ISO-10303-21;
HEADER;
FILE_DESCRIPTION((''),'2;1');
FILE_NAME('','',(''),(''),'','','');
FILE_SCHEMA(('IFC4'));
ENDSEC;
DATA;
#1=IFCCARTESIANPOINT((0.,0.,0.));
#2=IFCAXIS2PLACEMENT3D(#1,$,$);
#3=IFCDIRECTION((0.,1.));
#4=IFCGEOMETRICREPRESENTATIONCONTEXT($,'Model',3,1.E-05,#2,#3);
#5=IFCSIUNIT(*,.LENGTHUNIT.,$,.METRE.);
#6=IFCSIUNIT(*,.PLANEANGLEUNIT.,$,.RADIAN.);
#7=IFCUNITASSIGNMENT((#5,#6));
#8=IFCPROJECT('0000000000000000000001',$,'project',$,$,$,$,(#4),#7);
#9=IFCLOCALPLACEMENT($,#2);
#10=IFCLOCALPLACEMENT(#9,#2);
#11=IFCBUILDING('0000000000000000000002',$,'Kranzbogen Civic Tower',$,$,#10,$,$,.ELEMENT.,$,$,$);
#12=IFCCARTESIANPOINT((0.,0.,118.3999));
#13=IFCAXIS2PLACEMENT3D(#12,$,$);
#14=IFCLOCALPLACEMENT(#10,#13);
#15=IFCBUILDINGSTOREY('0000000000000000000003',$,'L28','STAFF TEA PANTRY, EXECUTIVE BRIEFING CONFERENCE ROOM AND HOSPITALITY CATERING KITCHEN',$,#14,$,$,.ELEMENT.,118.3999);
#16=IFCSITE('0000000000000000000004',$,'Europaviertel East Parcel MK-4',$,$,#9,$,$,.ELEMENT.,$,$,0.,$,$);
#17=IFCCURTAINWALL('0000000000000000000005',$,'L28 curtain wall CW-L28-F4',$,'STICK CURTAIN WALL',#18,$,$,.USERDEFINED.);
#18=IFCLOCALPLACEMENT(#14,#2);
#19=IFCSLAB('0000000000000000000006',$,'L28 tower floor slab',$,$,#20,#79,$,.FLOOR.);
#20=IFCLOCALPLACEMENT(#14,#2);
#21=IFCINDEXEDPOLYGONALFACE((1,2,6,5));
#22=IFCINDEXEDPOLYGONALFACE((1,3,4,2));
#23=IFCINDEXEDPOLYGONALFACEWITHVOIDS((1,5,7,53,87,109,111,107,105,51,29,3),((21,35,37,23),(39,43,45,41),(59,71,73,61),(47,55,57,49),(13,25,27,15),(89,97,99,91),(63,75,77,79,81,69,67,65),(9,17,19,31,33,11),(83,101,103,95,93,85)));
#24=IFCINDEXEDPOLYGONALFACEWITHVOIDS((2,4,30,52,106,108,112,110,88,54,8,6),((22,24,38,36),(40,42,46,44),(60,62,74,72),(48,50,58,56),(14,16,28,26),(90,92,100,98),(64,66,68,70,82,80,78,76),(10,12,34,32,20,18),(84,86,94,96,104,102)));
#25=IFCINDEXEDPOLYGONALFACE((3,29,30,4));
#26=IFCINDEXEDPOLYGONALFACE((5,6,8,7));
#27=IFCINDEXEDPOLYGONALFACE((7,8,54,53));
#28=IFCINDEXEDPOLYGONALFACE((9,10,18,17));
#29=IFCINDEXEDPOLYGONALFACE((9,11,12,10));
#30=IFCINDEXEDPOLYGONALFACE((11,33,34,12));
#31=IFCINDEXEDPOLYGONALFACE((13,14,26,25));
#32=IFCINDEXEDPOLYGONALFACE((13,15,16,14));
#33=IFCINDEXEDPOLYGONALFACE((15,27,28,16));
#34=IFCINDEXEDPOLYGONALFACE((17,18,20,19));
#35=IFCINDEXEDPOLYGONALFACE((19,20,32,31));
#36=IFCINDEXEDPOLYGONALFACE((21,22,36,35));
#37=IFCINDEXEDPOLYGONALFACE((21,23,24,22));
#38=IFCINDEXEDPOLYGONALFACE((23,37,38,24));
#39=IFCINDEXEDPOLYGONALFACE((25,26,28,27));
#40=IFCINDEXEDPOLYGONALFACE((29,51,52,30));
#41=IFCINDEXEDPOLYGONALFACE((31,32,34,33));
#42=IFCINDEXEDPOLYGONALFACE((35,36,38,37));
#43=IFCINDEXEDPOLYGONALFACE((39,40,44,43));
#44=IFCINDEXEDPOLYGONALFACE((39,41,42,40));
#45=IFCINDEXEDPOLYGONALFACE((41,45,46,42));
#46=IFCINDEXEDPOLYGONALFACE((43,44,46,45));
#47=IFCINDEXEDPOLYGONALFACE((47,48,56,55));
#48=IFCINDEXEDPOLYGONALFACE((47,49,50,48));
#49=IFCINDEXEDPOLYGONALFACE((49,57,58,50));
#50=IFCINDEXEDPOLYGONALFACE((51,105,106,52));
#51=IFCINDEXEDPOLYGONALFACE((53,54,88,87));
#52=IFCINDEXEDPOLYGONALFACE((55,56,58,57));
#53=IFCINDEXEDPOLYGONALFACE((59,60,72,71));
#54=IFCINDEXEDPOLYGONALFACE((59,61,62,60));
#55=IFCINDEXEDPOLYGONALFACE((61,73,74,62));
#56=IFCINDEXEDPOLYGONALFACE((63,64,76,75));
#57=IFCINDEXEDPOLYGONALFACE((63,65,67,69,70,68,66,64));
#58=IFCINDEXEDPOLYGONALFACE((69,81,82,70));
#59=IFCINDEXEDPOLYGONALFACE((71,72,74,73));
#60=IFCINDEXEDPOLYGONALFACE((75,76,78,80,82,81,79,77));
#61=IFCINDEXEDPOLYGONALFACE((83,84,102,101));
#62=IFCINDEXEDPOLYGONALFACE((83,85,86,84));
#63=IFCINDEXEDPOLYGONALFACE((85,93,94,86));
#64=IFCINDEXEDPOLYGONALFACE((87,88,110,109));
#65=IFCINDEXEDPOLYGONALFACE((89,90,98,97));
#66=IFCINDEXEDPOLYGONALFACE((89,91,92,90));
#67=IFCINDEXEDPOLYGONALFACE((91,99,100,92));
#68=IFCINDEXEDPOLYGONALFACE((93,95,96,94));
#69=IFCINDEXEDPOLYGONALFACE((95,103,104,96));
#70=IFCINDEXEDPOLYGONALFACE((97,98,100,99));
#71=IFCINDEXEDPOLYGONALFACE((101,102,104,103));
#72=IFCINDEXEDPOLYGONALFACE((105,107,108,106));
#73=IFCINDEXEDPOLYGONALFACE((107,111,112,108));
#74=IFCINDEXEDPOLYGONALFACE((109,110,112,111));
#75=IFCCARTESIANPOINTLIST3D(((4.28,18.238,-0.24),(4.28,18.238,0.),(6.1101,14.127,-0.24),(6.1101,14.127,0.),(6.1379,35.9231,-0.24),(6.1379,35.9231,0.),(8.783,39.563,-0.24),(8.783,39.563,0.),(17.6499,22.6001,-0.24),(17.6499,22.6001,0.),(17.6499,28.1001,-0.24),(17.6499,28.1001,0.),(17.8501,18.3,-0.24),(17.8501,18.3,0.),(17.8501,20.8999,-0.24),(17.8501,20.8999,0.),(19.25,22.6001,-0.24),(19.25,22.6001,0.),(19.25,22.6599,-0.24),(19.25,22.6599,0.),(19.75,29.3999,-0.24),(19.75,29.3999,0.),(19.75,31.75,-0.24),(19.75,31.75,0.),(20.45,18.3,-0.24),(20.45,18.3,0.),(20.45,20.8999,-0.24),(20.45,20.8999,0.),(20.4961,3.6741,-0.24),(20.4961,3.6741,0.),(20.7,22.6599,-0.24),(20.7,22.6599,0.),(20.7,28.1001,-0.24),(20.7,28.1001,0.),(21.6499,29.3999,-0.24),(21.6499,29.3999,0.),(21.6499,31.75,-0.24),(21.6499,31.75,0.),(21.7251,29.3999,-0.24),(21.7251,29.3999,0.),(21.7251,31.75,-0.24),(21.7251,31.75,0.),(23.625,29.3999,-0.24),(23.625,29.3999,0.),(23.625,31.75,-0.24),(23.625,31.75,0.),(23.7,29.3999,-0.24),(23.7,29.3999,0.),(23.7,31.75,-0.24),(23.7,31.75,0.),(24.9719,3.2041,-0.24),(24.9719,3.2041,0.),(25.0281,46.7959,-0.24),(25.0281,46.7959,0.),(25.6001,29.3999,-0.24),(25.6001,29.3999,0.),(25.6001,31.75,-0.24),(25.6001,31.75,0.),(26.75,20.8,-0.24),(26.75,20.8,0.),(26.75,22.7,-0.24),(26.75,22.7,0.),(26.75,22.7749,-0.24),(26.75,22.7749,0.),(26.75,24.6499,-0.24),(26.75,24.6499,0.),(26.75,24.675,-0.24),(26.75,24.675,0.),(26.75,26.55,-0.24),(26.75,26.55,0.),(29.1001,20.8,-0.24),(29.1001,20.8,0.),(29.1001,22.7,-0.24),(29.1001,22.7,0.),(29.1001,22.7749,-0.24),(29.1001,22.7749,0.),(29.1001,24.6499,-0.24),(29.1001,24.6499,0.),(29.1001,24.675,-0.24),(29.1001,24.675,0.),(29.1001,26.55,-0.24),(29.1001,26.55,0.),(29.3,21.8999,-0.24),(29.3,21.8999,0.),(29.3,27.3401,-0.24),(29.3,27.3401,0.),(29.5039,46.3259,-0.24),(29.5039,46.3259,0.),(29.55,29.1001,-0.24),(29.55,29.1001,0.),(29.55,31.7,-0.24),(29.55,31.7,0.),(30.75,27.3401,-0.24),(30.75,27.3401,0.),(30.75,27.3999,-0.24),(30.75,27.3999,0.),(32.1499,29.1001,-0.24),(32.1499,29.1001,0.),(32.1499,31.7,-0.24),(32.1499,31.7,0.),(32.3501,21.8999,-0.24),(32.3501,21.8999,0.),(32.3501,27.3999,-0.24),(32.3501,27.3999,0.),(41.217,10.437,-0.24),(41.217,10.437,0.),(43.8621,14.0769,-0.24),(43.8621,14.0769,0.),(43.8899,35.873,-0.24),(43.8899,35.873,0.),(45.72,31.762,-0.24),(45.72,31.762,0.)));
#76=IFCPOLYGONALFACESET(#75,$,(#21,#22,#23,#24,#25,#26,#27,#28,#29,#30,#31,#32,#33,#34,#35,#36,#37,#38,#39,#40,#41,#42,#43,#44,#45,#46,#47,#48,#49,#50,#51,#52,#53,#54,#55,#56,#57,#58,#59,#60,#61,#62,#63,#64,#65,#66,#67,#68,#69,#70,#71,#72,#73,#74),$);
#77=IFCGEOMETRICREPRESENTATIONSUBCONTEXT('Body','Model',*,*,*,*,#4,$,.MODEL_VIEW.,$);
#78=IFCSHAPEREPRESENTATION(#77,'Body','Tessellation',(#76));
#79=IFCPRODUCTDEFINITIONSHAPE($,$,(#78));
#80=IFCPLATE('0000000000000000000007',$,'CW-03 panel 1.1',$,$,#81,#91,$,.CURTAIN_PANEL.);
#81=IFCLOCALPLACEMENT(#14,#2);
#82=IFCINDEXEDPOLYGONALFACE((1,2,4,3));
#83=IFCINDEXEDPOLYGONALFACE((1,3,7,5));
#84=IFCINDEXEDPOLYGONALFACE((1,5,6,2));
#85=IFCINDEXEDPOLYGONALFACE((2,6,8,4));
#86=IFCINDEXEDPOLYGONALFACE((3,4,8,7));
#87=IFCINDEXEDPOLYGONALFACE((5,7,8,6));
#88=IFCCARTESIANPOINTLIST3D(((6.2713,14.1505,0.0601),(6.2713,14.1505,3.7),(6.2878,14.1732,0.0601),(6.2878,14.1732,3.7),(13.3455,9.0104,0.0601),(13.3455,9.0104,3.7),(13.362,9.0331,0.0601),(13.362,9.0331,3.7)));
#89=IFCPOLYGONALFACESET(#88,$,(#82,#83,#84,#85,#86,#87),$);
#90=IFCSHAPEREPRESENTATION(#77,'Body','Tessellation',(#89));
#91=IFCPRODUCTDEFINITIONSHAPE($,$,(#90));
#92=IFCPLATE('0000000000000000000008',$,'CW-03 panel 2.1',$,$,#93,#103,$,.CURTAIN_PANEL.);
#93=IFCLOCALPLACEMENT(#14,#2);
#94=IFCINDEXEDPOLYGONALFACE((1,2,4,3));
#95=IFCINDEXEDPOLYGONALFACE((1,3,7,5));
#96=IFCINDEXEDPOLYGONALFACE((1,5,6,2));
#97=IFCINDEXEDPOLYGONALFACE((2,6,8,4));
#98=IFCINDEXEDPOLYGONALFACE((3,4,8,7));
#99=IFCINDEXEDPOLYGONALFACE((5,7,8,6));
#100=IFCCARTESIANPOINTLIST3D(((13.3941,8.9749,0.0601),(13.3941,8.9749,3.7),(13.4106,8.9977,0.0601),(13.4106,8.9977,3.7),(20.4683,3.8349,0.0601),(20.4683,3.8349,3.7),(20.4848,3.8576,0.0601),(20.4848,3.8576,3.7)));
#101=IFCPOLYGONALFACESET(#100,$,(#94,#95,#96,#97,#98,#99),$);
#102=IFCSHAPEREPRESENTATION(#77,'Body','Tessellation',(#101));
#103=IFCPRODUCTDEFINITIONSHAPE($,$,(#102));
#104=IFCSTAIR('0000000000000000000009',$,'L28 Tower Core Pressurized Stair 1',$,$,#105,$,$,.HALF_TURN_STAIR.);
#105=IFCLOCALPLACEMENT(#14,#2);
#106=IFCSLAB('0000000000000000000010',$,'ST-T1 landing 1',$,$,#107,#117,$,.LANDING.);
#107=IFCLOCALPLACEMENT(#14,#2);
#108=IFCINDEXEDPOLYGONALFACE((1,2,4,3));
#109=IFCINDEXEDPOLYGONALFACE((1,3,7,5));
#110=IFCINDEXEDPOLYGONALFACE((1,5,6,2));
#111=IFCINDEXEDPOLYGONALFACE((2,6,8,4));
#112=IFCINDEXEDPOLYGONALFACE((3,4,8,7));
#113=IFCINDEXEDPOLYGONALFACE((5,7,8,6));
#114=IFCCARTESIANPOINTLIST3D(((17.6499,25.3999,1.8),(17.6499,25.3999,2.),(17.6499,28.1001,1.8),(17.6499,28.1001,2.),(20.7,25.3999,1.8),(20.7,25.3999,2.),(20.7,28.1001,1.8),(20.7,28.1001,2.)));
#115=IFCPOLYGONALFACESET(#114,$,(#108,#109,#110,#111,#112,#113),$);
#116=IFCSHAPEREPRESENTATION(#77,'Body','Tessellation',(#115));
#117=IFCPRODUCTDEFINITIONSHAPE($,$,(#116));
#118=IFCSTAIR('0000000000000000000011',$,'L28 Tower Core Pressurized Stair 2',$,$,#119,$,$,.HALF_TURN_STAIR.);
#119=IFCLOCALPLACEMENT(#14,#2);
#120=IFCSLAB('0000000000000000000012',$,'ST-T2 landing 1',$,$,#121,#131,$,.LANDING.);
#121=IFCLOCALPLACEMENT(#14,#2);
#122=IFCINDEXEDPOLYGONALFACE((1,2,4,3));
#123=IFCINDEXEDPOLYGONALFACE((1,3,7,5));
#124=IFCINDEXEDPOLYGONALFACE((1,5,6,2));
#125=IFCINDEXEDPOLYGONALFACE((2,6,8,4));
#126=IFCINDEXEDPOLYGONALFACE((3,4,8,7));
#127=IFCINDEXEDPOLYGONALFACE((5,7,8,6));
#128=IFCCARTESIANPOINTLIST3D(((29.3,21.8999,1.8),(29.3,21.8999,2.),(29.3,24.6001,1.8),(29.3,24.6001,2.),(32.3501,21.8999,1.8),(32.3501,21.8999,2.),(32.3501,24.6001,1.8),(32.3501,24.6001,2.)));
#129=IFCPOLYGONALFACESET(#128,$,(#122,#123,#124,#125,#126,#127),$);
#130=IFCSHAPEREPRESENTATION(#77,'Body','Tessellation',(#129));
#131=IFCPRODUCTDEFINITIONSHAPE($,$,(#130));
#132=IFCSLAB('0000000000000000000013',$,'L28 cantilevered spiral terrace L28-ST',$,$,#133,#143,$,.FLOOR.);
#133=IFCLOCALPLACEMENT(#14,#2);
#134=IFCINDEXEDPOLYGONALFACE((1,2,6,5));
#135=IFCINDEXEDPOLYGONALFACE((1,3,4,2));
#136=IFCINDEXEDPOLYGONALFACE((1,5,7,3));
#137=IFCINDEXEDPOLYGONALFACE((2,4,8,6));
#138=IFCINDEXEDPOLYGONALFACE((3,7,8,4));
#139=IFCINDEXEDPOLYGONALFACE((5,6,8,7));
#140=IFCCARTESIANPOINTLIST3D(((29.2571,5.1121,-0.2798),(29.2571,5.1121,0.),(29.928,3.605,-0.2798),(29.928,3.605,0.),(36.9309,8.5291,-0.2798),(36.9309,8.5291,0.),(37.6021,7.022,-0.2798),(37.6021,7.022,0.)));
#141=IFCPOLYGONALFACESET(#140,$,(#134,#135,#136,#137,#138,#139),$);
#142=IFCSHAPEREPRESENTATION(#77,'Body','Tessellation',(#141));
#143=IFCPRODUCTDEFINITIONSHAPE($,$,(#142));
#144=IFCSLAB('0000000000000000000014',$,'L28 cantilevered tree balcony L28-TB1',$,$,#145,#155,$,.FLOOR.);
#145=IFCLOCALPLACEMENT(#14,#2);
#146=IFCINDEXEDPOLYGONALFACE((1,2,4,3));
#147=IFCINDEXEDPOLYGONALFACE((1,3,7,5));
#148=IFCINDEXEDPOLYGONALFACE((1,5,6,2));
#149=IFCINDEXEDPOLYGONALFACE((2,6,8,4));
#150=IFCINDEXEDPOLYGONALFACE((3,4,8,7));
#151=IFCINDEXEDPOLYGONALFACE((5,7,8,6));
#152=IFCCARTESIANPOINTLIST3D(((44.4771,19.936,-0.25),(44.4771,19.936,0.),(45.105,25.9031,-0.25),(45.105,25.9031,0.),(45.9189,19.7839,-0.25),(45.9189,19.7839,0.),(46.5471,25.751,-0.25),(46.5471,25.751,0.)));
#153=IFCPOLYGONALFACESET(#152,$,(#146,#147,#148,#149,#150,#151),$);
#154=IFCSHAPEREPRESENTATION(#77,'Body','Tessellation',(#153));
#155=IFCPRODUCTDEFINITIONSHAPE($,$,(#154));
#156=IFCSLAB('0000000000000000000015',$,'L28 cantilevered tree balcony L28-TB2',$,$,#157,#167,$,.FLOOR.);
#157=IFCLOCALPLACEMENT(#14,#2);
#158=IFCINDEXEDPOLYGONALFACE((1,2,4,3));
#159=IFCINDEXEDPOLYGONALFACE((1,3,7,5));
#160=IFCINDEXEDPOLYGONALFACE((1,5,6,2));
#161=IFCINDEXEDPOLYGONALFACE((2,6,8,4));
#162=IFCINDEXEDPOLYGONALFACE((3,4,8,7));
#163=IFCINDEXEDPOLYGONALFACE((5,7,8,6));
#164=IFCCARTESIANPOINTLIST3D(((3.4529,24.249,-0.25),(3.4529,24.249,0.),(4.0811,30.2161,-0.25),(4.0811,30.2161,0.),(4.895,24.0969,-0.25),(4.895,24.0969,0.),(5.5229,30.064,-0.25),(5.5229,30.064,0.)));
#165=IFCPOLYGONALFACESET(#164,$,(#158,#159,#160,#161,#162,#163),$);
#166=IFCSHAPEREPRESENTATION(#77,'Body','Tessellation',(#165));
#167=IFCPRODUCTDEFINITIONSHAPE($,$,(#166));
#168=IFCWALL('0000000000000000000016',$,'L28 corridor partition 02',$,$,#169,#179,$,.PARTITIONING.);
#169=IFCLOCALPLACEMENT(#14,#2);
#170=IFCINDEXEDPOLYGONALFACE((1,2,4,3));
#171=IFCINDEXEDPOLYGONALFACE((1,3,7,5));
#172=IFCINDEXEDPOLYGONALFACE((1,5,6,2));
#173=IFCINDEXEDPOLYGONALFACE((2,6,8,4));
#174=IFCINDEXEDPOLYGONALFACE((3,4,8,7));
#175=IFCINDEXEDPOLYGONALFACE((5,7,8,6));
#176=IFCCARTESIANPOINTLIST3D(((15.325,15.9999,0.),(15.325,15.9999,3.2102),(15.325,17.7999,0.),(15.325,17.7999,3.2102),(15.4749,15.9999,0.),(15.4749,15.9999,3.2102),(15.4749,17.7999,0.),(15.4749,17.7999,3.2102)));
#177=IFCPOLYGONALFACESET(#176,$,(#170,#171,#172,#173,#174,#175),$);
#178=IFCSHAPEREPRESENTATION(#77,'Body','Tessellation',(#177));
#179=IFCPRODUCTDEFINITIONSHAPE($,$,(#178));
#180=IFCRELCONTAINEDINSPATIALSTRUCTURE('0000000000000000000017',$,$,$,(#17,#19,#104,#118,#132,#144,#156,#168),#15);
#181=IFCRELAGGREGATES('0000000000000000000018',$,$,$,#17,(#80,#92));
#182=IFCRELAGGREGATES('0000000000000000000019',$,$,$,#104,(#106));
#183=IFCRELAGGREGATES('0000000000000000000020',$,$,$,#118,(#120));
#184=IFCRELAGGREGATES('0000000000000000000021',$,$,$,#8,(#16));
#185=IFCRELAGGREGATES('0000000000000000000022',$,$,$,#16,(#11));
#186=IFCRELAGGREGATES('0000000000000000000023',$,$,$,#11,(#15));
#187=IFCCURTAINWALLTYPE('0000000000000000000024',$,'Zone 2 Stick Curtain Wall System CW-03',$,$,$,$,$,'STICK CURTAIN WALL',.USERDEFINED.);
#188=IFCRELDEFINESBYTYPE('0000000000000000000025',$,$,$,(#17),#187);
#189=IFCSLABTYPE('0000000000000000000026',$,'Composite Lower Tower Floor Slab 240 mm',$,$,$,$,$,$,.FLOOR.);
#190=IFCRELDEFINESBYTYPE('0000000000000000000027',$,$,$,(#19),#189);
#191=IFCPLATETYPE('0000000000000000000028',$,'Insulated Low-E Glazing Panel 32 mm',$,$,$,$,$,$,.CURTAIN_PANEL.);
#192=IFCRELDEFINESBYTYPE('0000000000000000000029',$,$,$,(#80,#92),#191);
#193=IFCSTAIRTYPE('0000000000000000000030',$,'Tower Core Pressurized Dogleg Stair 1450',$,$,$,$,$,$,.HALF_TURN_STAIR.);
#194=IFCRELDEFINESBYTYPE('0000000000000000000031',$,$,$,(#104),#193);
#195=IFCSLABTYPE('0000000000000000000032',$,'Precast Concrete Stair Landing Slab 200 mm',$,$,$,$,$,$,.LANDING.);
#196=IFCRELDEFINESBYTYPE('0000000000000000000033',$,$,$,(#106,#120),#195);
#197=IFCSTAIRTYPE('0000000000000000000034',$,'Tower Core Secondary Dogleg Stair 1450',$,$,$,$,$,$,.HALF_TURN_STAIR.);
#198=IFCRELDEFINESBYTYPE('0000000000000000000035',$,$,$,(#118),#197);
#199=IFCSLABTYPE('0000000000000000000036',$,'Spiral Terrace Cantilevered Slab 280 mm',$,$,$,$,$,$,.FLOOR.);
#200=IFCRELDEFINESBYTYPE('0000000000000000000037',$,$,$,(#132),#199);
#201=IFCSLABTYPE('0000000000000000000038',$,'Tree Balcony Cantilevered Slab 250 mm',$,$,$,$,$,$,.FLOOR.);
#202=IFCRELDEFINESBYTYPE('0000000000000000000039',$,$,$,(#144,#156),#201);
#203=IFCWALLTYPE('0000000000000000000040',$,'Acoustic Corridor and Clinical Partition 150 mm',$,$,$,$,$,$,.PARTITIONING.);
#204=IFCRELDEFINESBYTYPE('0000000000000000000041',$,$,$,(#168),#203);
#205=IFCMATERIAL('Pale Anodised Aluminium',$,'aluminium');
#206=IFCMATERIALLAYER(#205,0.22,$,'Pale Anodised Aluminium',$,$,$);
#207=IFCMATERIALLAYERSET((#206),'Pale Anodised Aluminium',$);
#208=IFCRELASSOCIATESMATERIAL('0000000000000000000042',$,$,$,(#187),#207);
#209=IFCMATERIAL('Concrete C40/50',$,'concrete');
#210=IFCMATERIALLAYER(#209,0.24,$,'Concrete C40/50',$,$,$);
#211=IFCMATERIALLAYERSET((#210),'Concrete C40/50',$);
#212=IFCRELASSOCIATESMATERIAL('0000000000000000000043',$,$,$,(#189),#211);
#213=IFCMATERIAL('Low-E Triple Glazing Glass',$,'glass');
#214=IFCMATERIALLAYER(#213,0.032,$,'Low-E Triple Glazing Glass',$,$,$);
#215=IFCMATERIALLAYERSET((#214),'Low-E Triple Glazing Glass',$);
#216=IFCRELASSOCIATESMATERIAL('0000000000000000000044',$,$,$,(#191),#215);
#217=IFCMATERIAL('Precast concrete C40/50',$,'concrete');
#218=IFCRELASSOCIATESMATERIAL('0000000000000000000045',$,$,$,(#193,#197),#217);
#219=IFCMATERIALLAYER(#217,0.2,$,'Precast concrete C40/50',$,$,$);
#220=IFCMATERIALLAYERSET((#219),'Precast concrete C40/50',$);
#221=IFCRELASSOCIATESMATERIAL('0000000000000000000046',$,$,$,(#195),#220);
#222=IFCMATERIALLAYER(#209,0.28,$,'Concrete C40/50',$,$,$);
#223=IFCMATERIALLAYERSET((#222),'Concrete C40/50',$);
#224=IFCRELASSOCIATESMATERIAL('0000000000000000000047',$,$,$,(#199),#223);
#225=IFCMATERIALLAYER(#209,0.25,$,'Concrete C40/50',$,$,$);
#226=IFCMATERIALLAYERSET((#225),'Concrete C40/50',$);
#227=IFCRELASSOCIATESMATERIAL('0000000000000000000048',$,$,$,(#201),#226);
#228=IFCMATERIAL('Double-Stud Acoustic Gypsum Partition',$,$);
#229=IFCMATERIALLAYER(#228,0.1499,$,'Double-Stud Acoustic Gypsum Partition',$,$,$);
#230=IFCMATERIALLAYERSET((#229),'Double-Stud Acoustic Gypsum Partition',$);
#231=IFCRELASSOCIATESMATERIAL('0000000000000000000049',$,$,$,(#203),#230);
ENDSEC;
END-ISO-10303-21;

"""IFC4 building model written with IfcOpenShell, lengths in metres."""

from ifc_helpers import new_model, si_unit, direction, frame, frame_2d, origin, origin_2d, place, context, subcontext, project, spatial, polyline, rectangle, outline, extrude, material, layer, layer_set, type_object, element, aggregate, save


model = new_model("IFC4")

# Units and contexts
model_context = context("Model", 3, precision=1e-05, world=origin(), true_north=direction((0.0, 1.0)))
body_context = subcontext(model_context, "Body", "Model", "MODEL_VIEW")
ifc_project = project(units=[si_unit("LENGTHUNIT", "METRE"), si_unit("PLANEANGLEUNIT", "RADIAN")], contexts=[model_context])

# Site, building, storey
site_placement = place(None, origin())
site = spatial("IfcSite", under=ifc_project, at=site_placement, Name="Europaviertel East Parcel MK-4", CompositionType="ELEMENT", RefElevation=0.0)
building_placement = place(site_placement, origin())
building = spatial("IfcBuilding", under=site, at=building_placement, Name="Kranzbogen Civic Tower", CompositionType="ELEMENT")
storey_placement = place(building_placement, frame((0.0, 0.0, 118.3999)))
storey = spatial("IfcBuildingStorey", under=building, at=storey_placement, Name="L28", Description="STAFF TEA PANTRY, EXECUTIVE BRIEFING CONFERENCE ROOM AND HOSPITALITY CATERING KITCHEN", CompositionType="ELEMENT", Elevation=118.3999)

# Curtain wall
ifc_material_1 = material(Name="Pale Anodised Aluminium", Category="aluminium")
ifc_layer_1 = layer(ifc_material_1, 0.22, Name="Pale Anodised Aluminium")
ifc_layer_set_1 = layer_set([ifc_layer_1], Name="Pale Anodised Aluminium")
curtain_wall_type = type_object("IfcCurtainWallType", Name="Zone 2 Stick Curtain Wall System CW-03", ElementType="STICK CURTAIN WALL", PredefinedType="USERDEFINED", material=ifc_layer_set_1)
curtain_wall_placement = place(storey_placement, origin())
curtain_wall = element("IfcCurtainWall", 1, at=curtain_wall_placement, inside=storey, type_object=curtain_wall_type, Name="L28 curtain wall CW-L28-F4", ObjectType="STICK CURTAIN WALL", PredefinedType="USERDEFINED")

# Slab
ifc_material_2 = material(Name="Concrete C40/50", Category="concrete")
ifc_layer_2 = layer(ifc_material_2, 0.24, Name="Concrete C40/50")
ifc_layer_set_2 = layer_set([ifc_layer_2], Name="Concrete C40/50")
slab_type_1 = type_object("IfcSlabType", Name="Composite Lower Tower Floor Slab 240 mm", PredefinedType="FLOOR", material=ifc_layer_set_2)
slab_1_placement = place(storey_placement, frame((0.0, 0.0, -0.24)))
element("IfcSlab", 2, at=slab_1_placement, inside=storey, type_object=slab_type_1, Name="L28 tower floor slab", PredefinedType="FLOOR", context=body_context, shape_type="SweptSolid", body=[
    extrude(outline(polyline([(43.8899, 35.873), (29.5039, 46.3259), (25.0281, 46.7959), (8.783, 39.563), (6.1379, 35.9231), (4.28, 18.238), (6.1101, 14.127), (20.4961, 3.6741), (24.9719, 3.2041), (41.217, 10.437), (43.8621, 14.0769), (45.72, 31.762), (43.8899, 35.873)]), holes=[polyline([(20.45, 20.8999), (20.45, 18.3), (17.8501, 18.3), (17.8501, 20.8999), (20.45, 20.8999)]), polyline([(29.1001, 22.7), (29.1001, 20.8), (26.75, 20.8), (26.75, 22.7), (29.1001, 22.7)]), polyline([(29.1001, 24.6499), (29.1001, 22.7749), (26.75, 22.7749), (26.75, 24.6499), (26.75, 24.675), (26.75, 26.55), (29.1001, 26.55), (29.1001, 24.675), (29.1001, 24.6499)]), polyline([(30.75, 27.3401), (30.75, 27.3999), (32.3501, 27.3999), (32.3501, 21.8999), (29.3, 21.8999), (29.3, 27.3401), (30.75, 27.3401)]), polyline([(19.25, 22.6599), (19.25, 22.6001), (17.6499, 22.6001), (17.6499, 28.1001), (20.7, 28.1001), (20.7, 22.6599), (19.25, 22.6599)]), polyline([(32.1499, 31.7), (32.1499, 29.1001), (29.55, 29.1001), (29.55, 31.7), (32.1499, 31.7)]), polyline([(21.6499, 31.75), (21.6499, 29.3999), (19.75, 29.3999), (19.75, 31.75), (21.6499, 31.75)]), polyline([(23.625, 29.3999), (21.7251, 29.3999), (21.7251, 31.75), (23.625, 31.75), (23.625, 29.3999)]), polyline([(25.6001, 29.3999), (23.7, 29.3999), (23.7, 31.75), (25.6001, 31.75), (25.6001, 29.3999)])]), origin(), (0.0, 0.0, 1.0), 0.24),
])

# Plates
ifc_material_3 = material(Name="Low-E Triple Glazing Glass", Category="glass")
ifc_layer_3 = layer(ifc_material_3, 0.032, Name="Low-E Triple Glazing Glass")
ifc_layer_set_3 = layer_set([ifc_layer_3], Name="Low-E Triple Glazing Glass")
plate_type = type_object("IfcPlateType", Name="Insulated Low-E Glazing Panel 32 mm", PredefinedType="CURTAIN_PANEL", material=ifc_layer_set_3)
plate_1_placement = place(storey_placement, frame((9.8167, 11.5918, 0.0601), z_axis=(0.0, 0.0, 1.0), x_axis=(0.808995, -0.587815, 0.0)))
plate_1 = element("IfcPlate", 3, at=plate_1_placement, type_object=plate_type, Name="CW-03 panel 1.1", PredefinedType="CURTAIN_PANEL", context=body_context, shape_type="SweptSolid", body=[
    extrude(rectangle(XDim=8.7444, YDim=0.0281, at=origin_2d()), origin(), (0.0, 0.0, 1.0), 3.6399),
])
plate_2_placement = place(storey_placement, frame((16.9395, 6.4163, 0.0601), z_axis=(0.0, 0.0, 1.0), x_axis=(0.808995, -0.587815, 0.0)))
plate_2 = element("IfcPlate", 4, at=plate_2_placement, type_object=plate_type, Name="CW-03 panel 2.1", PredefinedType="CURTAIN_PANEL", context=body_context, shape_type="SweptSolid", body=[
    extrude(rectangle(XDim=8.7444, YDim=0.0281, at=origin_2d()), origin(), (0.0, 0.0, 1.0), 3.6399),
])
aggregate(curtain_wall, [plate_1, plate_2])

# Stairs, slabs
ifc_material_4 = material(Name="Precast concrete C40/50", Category="concrete")
stair_type_1 = type_object("IfcStairType", Name="Tower Core Pressurized Dogleg Stair 1450", PredefinedType="HALF_TURN_STAIR", material=ifc_material_4)
stair_1_placement = place(storey_placement, origin())
stair_1 = element("IfcStair", 5, at=stair_1_placement, inside=storey, type_object=stair_type_1, Name="L28 Tower Core Pressurized Stair 1", PredefinedType="HALF_TURN_STAIR")
ifc_layer_4 = layer(ifc_material_4, 0.2, Name="Precast concrete C40/50")
ifc_layer_set_4 = layer_set([ifc_layer_4], Name="Precast concrete C40/50")
slab_type_2 = type_object("IfcSlabType", Name="Precast Concrete Stair Landing Slab 200 mm", PredefinedType="LANDING", material=ifc_layer_set_4)
slab_2_placement = place(storey_placement, frame((0.0, 0.0, 1.8)))
slab_2 = element("IfcSlab", 6, at=slab_2_placement, type_object=slab_type_2, Name="ST-T1 landing 1", PredefinedType="LANDING", context=body_context, shape_type="SweptSolid", body=[
    extrude(outline(polyline([(20.7, 25.3999), (20.7, 28.1001), (17.6499, 28.1001), (17.6499, 25.3999), (20.7, 25.3999)])), origin(), (0.0, 0.0, 1.0), 0.2),
])
aggregate(stair_1, [slab_2])
stair_type_2 = type_object("IfcStairType", Name="Tower Core Secondary Dogleg Stair 1450", PredefinedType="HALF_TURN_STAIR", material=ifc_material_4)
stair_2_placement = place(storey_placement, origin())
stair_2 = element("IfcStair", 7, at=stair_2_placement, inside=storey, type_object=stair_type_2, Name="L28 Tower Core Pressurized Stair 2", PredefinedType="HALF_TURN_STAIR")
slab_3_placement = place(storey_placement, frame((0.0, 0.0, 1.8)))
slab_3 = element("IfcSlab", 8, at=slab_3_placement, type_object=slab_type_2, Name="ST-T2 landing 1", PredefinedType="LANDING", context=body_context, shape_type="SweptSolid", body=[
    extrude(outline(polyline([(29.3, 24.6001), (29.3, 21.8999), (32.3501, 21.8999), (32.3501, 24.6001), (29.3, 24.6001)])), origin(), (0.0, 0.0, 1.0), 0.2),
])
aggregate(stair_2, [slab_3])

# Slabs
ifc_layer_5 = layer(ifc_material_2, 0.28, Name="Concrete C40/50")
ifc_layer_set_5 = layer_set([ifc_layer_5], Name="Concrete C40/50")
slab_type_3 = type_object("IfcSlabType", Name="Spiral Terrace Cantilevered Slab 280 mm", PredefinedType="FLOOR", material=ifc_layer_set_5)
slab_4_placement = place(storey_placement, frame((0.0, 0.0, -0.2798)))
element("IfcSlab", 9, at=slab_4_placement, inside=storey, type_object=slab_type_3, Name="L28 cantilevered spiral terrace L28-ST", PredefinedType="FLOOR", context=body_context, shape_type="SweptSolid", body=[
    extrude(outline(polyline([(29.2571, 5.1121), (36.9309, 8.5291), (37.6021, 7.022), (29.928, 3.605), (29.2571, 5.1121)])), origin(), (0.0, 0.0, 1.0), 0.2798),
])
ifc_layer_6 = layer(ifc_material_2, 0.25, Name="Concrete C40/50")
ifc_layer_set_6 = layer_set([ifc_layer_6], Name="Concrete C40/50")
slab_type_4 = type_object("IfcSlabType", Name="Tree Balcony Cantilevered Slab 250 mm", PredefinedType="FLOOR", material=ifc_layer_set_6)
slab_5_placement = place(storey_placement, frame((0.0, 0.0, -0.25)))
element("IfcSlab", 10, at=slab_5_placement, inside=storey, type_object=slab_type_4, Name="L28 cantilevered tree balcony L28-TB1", PredefinedType="FLOOR", context=body_context, shape_type="SweptSolid", body=[
    extrude(outline(polyline([(44.4771, 19.936), (45.105, 25.9031), (46.5471, 25.751), (45.9189, 19.7839), (44.4771, 19.936)])), origin(), (0.0, 0.0, 1.0), 0.25),
])
slab_6_placement = place(storey_placement, frame((0.0, 0.0, -0.25)))
element("IfcSlab", 11, at=slab_6_placement, inside=storey, type_object=slab_type_4, Name="L28 cantilevered tree balcony L28-TB2", PredefinedType="FLOOR", context=body_context, shape_type="SweptSolid", body=[
    extrude(outline(polyline([(5.5229, 30.064), (4.895, 24.0969), (3.4529, 24.249), (4.0811, 30.2161), (5.5229, 30.064)])), origin(), (0.0, 0.0, 1.0), 0.25),
])

# Wall
ifc_material_5 = material(Name="Double-Stud Acoustic Gypsum Partition")
ifc_layer_7 = layer(ifc_material_5, 0.1499, Name="Double-Stud Acoustic Gypsum Partition")
ifc_layer_set_7 = layer_set([ifc_layer_7], Name="Double-Stud Acoustic Gypsum Partition")
wall_type_1 = type_object("IfcWallType", Name="Acoustic Corridor and Clinical Partition 150 mm", PredefinedType="PARTITIONING", material=ifc_layer_set_7)
wall_1_placement = place(storey_placement, frame((15.3999, 16.0, 0.0), z_axis=(0.0, 0.0, 1.0), x_axis=(0.0, 1.0, 0.0)))
element("IfcWall", 12, at=wall_1_placement, inside=storey, type_object=wall_type_1, Name="L28 corridor partition 02", PredefinedType="PARTITIONING", context=body_context, shape_type="SweptSolid", body=[
    extrude(rectangle(XDim=1.8, YDim=0.1499, at=frame_2d((0.8999, 0.0))), origin(), (0.0, 0.0, 1.0), 3.2102),
])

save(model, "model.ifc")
